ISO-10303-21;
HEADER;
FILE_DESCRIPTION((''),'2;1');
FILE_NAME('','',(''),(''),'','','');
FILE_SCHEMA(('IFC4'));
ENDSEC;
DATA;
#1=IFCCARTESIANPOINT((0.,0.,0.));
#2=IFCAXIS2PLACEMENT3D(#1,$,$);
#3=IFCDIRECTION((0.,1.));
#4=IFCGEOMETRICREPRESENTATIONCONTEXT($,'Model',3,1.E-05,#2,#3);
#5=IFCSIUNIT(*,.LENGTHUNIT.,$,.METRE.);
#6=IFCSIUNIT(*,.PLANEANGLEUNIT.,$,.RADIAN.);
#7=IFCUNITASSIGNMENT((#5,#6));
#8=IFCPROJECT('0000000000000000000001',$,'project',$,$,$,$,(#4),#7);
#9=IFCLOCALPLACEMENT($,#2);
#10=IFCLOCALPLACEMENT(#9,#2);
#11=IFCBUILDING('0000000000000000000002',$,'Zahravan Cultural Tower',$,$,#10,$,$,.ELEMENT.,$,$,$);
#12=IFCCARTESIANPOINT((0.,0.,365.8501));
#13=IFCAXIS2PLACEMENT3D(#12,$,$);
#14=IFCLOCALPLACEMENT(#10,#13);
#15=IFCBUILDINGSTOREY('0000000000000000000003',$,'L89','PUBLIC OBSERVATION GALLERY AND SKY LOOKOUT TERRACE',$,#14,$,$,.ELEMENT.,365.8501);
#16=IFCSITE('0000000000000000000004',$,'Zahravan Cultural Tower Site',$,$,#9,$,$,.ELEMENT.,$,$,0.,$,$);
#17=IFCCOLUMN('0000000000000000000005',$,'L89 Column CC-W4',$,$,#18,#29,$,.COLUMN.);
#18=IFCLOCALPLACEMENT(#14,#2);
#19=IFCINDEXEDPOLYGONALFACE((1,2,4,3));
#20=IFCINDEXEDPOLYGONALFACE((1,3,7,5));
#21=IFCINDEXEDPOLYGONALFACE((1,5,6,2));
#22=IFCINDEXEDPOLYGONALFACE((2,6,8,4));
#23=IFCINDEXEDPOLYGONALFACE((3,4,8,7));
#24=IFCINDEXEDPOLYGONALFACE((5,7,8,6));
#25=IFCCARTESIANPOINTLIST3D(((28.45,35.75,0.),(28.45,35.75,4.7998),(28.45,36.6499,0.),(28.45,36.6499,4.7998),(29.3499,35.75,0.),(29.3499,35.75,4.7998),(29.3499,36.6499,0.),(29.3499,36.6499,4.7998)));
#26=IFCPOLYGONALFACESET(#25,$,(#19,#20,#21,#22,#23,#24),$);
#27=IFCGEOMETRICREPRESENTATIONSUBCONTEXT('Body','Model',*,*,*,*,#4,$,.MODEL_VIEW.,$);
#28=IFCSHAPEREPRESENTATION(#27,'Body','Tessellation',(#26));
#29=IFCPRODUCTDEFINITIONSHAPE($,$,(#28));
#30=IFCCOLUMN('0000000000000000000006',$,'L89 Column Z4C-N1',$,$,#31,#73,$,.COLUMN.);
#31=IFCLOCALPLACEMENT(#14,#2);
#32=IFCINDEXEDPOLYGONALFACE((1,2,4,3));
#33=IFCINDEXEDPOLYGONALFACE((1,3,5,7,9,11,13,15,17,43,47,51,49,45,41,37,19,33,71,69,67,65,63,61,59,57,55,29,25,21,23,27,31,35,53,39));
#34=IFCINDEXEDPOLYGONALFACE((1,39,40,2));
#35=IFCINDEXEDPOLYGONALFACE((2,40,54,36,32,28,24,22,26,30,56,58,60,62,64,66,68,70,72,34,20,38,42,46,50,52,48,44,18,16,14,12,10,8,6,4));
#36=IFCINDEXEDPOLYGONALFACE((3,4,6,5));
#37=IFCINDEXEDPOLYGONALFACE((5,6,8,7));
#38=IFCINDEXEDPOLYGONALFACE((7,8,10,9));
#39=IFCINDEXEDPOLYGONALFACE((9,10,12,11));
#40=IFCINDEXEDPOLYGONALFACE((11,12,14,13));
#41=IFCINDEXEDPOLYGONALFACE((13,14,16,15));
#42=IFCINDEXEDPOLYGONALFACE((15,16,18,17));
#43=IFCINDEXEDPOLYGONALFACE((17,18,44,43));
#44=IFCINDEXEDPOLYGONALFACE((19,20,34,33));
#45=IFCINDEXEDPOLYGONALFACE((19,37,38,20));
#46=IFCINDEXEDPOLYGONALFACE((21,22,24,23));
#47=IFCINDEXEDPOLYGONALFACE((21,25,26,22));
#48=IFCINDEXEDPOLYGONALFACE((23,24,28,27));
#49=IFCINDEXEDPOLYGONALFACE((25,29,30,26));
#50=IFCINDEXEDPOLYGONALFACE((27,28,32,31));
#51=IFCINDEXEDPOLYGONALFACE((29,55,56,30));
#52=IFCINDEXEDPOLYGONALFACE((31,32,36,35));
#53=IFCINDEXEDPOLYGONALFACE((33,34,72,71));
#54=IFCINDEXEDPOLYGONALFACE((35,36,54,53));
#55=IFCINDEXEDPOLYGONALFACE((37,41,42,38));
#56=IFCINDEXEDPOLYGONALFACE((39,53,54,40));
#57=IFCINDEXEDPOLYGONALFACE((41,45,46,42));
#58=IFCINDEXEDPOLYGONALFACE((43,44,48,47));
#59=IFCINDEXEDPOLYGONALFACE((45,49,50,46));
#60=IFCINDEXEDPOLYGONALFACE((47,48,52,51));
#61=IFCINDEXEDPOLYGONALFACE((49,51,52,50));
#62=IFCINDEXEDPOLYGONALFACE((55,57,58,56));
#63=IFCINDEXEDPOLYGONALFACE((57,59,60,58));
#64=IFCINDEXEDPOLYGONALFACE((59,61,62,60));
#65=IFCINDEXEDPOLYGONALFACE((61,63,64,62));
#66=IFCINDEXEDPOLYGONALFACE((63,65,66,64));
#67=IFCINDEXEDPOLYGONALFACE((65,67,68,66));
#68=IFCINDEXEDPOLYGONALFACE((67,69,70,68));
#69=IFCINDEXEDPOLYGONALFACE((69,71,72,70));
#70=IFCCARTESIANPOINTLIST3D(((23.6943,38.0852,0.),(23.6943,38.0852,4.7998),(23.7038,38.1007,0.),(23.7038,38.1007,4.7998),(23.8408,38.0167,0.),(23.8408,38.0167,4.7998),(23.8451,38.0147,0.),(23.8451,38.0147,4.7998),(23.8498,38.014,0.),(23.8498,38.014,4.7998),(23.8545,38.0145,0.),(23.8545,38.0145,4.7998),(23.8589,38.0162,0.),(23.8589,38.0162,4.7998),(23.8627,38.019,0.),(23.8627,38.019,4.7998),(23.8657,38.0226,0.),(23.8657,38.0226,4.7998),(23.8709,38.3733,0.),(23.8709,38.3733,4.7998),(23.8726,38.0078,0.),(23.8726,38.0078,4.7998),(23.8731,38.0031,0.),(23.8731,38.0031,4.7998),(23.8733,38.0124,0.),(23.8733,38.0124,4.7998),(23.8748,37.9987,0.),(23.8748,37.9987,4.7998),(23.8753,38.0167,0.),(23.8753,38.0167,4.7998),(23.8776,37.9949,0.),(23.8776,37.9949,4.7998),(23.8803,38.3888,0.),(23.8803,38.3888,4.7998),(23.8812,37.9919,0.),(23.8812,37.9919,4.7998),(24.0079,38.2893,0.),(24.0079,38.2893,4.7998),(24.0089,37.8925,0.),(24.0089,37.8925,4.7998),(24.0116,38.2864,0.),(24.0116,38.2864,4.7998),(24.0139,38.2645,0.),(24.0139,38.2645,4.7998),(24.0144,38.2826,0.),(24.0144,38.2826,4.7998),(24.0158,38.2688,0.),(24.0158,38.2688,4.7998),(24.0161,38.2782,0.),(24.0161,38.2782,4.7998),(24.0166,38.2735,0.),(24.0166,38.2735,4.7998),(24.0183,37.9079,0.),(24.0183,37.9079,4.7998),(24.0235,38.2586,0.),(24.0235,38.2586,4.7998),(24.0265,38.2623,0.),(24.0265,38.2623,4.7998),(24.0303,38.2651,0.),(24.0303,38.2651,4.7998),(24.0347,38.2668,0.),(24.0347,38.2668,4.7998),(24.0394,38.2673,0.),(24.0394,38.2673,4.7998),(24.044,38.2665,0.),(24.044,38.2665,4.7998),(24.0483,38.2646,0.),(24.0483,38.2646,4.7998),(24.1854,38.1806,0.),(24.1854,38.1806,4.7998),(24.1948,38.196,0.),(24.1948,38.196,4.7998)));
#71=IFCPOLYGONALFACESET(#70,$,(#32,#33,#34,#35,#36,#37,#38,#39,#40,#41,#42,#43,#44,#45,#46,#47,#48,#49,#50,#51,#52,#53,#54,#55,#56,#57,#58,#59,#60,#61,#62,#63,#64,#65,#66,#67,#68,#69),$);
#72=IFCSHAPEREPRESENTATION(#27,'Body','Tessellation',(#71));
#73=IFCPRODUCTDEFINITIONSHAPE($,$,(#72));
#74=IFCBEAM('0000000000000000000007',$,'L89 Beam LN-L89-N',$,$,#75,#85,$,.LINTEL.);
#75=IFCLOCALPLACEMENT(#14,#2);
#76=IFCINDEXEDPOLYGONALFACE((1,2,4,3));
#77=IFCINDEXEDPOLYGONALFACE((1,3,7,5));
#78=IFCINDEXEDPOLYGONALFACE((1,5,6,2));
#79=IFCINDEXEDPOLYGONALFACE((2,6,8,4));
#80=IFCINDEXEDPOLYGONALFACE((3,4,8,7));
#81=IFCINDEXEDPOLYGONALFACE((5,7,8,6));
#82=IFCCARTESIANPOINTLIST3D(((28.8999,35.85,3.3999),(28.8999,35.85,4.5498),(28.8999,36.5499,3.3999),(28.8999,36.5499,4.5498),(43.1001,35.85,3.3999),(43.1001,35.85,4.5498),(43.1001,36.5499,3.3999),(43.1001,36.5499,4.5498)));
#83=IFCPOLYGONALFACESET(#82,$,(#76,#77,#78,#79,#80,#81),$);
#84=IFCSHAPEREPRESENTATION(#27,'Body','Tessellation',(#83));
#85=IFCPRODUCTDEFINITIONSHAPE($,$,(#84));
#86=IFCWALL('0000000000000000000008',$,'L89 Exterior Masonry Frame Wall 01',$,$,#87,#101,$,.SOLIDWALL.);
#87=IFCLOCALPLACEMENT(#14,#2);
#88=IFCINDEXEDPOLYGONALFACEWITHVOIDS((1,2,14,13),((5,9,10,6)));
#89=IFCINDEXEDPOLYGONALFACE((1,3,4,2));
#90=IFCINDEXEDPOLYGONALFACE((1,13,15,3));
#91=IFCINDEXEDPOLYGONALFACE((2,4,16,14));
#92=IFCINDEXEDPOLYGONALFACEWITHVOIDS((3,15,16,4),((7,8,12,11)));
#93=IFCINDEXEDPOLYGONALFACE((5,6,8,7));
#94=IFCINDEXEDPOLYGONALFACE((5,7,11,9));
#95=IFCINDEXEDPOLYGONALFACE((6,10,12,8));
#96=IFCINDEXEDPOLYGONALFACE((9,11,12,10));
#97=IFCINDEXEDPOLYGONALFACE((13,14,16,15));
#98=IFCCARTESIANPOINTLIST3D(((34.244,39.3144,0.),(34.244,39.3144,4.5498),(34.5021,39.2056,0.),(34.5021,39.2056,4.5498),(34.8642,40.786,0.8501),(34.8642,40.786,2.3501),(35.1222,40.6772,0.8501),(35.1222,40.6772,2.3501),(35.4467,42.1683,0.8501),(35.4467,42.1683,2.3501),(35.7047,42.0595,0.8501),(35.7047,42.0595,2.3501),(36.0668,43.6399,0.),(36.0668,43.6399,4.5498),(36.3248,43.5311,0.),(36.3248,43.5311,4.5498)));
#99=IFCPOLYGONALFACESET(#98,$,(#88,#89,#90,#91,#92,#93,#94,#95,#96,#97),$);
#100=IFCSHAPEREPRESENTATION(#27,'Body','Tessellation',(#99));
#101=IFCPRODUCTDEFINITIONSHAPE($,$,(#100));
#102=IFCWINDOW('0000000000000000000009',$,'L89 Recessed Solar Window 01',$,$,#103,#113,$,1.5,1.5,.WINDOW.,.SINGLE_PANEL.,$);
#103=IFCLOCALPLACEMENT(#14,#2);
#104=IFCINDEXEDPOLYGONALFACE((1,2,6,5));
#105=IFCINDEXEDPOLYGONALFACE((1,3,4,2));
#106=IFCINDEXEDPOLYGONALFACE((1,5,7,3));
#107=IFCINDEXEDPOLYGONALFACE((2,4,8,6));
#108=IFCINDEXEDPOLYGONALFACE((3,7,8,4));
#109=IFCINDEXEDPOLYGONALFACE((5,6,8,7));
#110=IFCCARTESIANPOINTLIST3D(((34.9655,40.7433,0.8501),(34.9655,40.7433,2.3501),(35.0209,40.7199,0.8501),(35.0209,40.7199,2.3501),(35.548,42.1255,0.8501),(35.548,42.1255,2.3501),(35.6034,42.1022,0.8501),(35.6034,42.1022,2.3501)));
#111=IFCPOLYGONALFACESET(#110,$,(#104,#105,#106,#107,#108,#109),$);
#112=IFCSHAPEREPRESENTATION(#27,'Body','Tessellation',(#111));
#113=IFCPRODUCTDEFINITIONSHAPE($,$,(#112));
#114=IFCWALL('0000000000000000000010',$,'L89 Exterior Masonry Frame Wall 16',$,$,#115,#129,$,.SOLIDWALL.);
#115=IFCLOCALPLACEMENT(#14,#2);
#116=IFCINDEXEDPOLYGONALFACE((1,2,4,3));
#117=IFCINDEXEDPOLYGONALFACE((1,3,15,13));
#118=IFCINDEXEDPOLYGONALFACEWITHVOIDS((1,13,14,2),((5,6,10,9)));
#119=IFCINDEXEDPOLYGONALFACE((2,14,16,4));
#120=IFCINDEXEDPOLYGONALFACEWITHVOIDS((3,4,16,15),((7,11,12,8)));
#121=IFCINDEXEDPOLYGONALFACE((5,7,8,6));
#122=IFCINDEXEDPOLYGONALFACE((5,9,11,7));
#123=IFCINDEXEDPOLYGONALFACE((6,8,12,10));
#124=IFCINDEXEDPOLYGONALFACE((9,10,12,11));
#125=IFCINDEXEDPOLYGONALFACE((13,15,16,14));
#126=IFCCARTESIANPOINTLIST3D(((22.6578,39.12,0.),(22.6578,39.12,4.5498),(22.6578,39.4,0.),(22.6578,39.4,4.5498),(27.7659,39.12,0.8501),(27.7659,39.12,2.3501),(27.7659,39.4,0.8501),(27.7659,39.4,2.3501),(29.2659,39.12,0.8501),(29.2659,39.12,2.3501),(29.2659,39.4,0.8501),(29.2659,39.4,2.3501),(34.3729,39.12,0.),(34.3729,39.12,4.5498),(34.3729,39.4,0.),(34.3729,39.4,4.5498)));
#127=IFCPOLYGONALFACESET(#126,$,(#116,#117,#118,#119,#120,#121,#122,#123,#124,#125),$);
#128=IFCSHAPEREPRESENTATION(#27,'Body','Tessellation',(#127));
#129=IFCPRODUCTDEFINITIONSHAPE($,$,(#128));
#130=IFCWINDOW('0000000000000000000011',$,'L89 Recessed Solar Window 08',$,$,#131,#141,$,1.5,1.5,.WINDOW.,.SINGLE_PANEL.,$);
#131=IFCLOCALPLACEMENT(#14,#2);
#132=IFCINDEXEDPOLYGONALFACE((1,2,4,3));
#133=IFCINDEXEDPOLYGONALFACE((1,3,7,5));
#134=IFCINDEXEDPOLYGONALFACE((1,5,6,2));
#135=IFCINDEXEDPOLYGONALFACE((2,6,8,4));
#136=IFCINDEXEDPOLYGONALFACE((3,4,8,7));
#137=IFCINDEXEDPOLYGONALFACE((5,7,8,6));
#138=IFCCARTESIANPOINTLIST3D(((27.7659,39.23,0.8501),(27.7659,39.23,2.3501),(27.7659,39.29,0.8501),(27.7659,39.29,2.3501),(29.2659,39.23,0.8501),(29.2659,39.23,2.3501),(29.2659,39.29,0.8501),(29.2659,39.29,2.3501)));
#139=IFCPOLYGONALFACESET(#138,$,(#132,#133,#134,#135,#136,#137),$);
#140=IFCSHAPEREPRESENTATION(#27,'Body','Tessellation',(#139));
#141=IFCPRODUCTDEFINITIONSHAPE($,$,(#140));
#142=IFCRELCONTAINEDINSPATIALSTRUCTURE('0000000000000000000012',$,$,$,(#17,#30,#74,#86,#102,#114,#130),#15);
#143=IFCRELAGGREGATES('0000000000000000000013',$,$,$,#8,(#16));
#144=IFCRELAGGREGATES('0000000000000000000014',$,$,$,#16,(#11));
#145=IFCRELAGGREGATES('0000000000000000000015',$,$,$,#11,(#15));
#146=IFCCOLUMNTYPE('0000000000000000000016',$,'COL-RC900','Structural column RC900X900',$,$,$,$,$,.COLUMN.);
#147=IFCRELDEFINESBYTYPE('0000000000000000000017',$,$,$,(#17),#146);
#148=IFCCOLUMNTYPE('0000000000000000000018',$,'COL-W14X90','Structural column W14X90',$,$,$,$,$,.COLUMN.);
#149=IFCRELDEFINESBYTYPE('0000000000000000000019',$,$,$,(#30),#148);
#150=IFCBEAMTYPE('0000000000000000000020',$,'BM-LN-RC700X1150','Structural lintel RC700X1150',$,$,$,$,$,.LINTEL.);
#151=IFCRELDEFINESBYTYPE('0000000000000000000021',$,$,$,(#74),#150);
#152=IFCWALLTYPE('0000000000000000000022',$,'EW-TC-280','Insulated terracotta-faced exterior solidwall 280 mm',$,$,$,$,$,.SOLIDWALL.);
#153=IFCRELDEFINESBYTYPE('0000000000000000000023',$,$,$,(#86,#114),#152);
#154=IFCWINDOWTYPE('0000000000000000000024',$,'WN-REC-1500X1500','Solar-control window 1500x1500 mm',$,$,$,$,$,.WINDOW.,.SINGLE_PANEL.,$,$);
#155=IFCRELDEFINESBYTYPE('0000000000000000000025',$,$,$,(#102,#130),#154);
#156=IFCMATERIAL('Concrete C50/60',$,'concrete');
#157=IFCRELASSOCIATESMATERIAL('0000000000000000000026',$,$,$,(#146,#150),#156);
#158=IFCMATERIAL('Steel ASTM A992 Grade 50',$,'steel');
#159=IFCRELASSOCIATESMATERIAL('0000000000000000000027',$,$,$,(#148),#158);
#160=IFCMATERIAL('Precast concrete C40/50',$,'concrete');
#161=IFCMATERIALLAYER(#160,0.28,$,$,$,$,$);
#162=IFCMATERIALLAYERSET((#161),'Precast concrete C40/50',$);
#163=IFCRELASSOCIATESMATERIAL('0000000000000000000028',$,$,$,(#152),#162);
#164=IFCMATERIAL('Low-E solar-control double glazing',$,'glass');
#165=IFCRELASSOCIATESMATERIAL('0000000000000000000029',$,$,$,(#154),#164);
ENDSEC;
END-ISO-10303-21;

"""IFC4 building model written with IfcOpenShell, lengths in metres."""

from ifc_helpers import new_model, si_unit, direction, frame, frame_2d, origin, origin_2d, place, context, subcontext, project, spatial, rectangle, i_section, extrude, source, transform, mapped, material, layer, layer_set, material_profile, profile_set, type_object, element, fill, save


model = new_model("IFC4")

# Units and contexts
model_context = context("Model", 3, precision=1e-05, world=origin(), true_north=direction((0.0, 1.0)))
body_context = subcontext(model_context, "Body", "Model", "MODEL_VIEW")
ifc_project = project(units=[si_unit("LENGTHUNIT", "METRE"), si_unit("PLANEANGLEUNIT", "RADIAN")], contexts=[model_context])

# Site, building, storey
site_placement = place(None, origin())
site = spatial("IfcSite", under=ifc_project, at=site_placement, Name="Zahravan Cultural Tower Site", CompositionType="ELEMENT", RefElevation=0.0)
building_placement = place(site_placement, origin())
building = spatial("IfcBuilding", under=site, at=building_placement, Name="Zahravan Cultural Tower", CompositionType="ELEMENT")
storey_placement = place(building_placement, frame((0.0, 0.0, 365.8501)))
storey = spatial("IfcBuildingStorey", under=building, at=storey_placement, Name="L89", Description="PUBLIC OBSERVATION GALLERY AND SKY LOOKOUT TERRACE", CompositionType="ELEMENT", Elevation=365.8501)

# Columns
ifc_material_1 = material(Name="Concrete C50/60", Category="concrete")
ifc_material_profile_1 = material_profile(ifc_material_1, rectangle(XDim=0.8999, YDim=0.8999, at=origin_2d()), Name="RC900X900")
ifc_profile_set_1 = profile_set([ifc_material_profile_1], Name="Concrete C50/60")
column_type_1 = type_object("IfcColumnType", Name="COL-RC900", Description="Structural column RC900X900", PredefinedType="COLUMN", material=ifc_profile_set_1)
shared_shape_1 = source(origin(), body_context, "Body", "SweptSolid", [
    extrude(rectangle(XDim=0.8999, YDim=0.8999, at=origin_2d()), origin(), (0.0, 0.0, 1.0), 4.7998),
])
column_1_placement = place(storey_placement, frame((28.8999, 36.2, 0.0), z_axis=(0.0, 0.0, 1.0), x_axis=(1.0, 0.0, 0.0)))
element("IfcColumn", 1, at=column_1_placement, inside=storey, type_object=column_type_1, Name="L89 Column CC-W4", PredefinedType="COLUMN", context=body_context, shape_type="MappedRepresentation", body=[
    mapped(shared_shape_1, transform((0.0, 0.0, 0.0), x_axis=(1.0, 0.0, 0.0), y_axis=(0.0, 1.0, 0.0), z_axis=(0.0, 0.0, 1.0), scale=1.0)),
])
ifc_material_2 = material(Name="Steel ASTM A992 Grade 50", Category="steel")
ifc_material_profile_2 = material_profile(ifc_material_2, i_section(OverallWidth=0.3689, OverallDepth=0.356, WebThickness=0.0112, FlangeThickness=0.0181, FilletRadius=0.0181, at=origin_2d()), Name="W14X90")
ifc_profile_set_2 = profile_set([ifc_material_profile_2], Name="Steel ASTM A992 Grade 50")
column_type_2 = type_object("IfcColumnType", Name="COL-W14X90", Description="Structural column W14X90", PredefinedType="COLUMN", material=ifc_profile_set_2)
shared_shape_2 = source(origin(), body_context, "Body", "SweptSolid", [
    extrude(i_section(OverallWidth=0.3689, OverallDepth=0.356, WebThickness=0.0112, FlangeThickness=0.0181, FilletRadius=0.0181, at=origin_2d()), origin(), (0.0, 0.0, 1.0), 4.7998),
])
column_2_placement = place(storey_placement, frame((23.9446, 38.1406, 0.0), z_axis=(0.0, 0.0, 1.0), x_axis=(-0.85264, 0.522499, 0.0)))
element("IfcColumn", 2, at=column_2_placement, inside=storey, type_object=column_type_2, Name="L89 Column Z4C-N1", PredefinedType="COLUMN", context=body_context, shape_type="MappedRepresentation", body=[
    mapped(shared_shape_2, transform((0.0, 0.0, 0.0), x_axis=(1.0, 0.0, 0.0), y_axis=(0.0, 1.0, 0.0), z_axis=(0.0, 0.0, 1.0), scale=1.0)),
])

# Beam
ifc_material_profile_3 = material_profile(ifc_material_1, rectangle(XDim=0.7, YDim=1.1499, at=origin_2d()), Name="RC700X1150")
ifc_profile_set_3 = profile_set([ifc_material_profile_3], Name="Concrete C50/60")
beam_type = type_object("IfcBeamType", Name="BM-LN-RC700X1150", Description="Structural lintel RC700X1150", PredefinedType="LINTEL", material=ifc_profile_set_3)
shared_shape_3 = source(origin(), body_context, "Body", "SweptSolid", [
    extrude(rectangle(XDim=0.7, YDim=1.1499, at=origin_2d()), origin(), (0.0, 0.0, 1.0), 14.2002),
])
beam_placement = place(storey_placement, frame((28.8999, 36.2, 3.9749), z_axis=(1.0, 0.0, 0.0), x_axis=(0.0, 1.0, 0.0)))
element("IfcBeam", 3, at=beam_placement, inside=storey, type_object=beam_type, Name="L89 Beam LN-L89-N", PredefinedType="LINTEL", context=body_context, shape_type="MappedRepresentation", body=[
    mapped(shared_shape_3, transform((0.0, 0.0, 0.0), x_axis=(1.0, 0.0, 0.0), y_axis=(0.0, 1.0, 0.0), z_axis=(0.0, 0.0, 1.0), scale=1.0)),
])

# Walls, openings, windows
ifc_material_3 = material(Name="Precast concrete C40/50", Category="concrete")
ifc_layer_1 = layer(ifc_material_3, 0.28)
ifc_layer_set_1 = layer_set([ifc_layer_1], Name="Precast concrete C40/50")
wall_type_1 = type_object("IfcWallType", Name="EW-TC-280", Description="Insulated terracotta-faced exterior solidwall 280 mm", PredefinedType="SOLIDWALL", material=ifc_layer_set_1)
wall_1_placement = place(storey_placement, frame((34.373, 39.26, 0.0), z_axis=(0.0, 0.0, 1.0), x_axis=(0.388331, 0.92152, 0.0)))
wall_1 = element("IfcWall", 4, at=wall_1_placement, inside=storey, type_object=wall_type_1, Name="L89 Exterior Masonry Frame Wall 01", PredefinedType="SOLIDWALL", context=body_context, shape_type="SweptSolid", body=[
    extrude(rectangle(XDim=4.6938, YDim=0.28, at=frame_2d((2.3469, 0.0))), origin(), (0.0, 0.0, 1.0), 4.5498),
])
opening_1_placement = place(wall_1_placement, frame((1.5969, 0.0, 0.8501)))
opening_1 = element("IfcOpeningElement", 5, at=opening_1_placement, cuts=wall_1, PredefinedType="OPENING", context=body_context, shape_type="SweptSolid", body=[
    extrude(rectangle(XDim=1.5, YDim=1.5, at=frame_2d((0.75, 0.75))), frame((0.0, 0.1499, 0.0), z_axis=(0.0, -1.0, 0.0), x_axis=(1.0, 0.0, 0.0)), (0.0, 0.0, 1.0), 0.3),
])
ifc_material_4 = material(Name="Low-E solar-control double glazing", Category="glass")
window_type = type_object("IfcWindowType", Name="WN-REC-1500X1500", Description="Solar-control window 1500x1500 mm", PartitioningType="SINGLE_PANEL", PredefinedType="WINDOW", material=ifc_material_4)
shared_shape_4 = source(origin(), body_context, "Body", "SweptSolid", [
    extrude(rectangle(XDim=1.5, YDim=1.5, at=frame_2d((0.75, 0.75))), frame((0.0, 0.03, 0.0), z_axis=(0.0, -1.0, 0.0), x_axis=(1.0, 0.0, 0.0)), (0.0, 0.0, 1.0), 0.0601),
])
window_1_placement = place(opening_1_placement, origin())
window_1 = element("IfcWindow", 6, at=window_1_placement, inside=storey, type_object=window_type, Name="L89 Recessed Solar Window 01", OverallHeight=1.5, OverallWidth=1.5, PartitioningType="SINGLE_PANEL", PredefinedType="WINDOW", context=body_context, shape_type="MappedRepresentation", body=[
    mapped(shared_shape_4, transform((0.0, 0.0, 0.0), x_axis=(1.0, 0.0, 0.0), y_axis=(0.0, 1.0, 0.0), z_axis=(0.0, 0.0, 1.0), scale=1.0)),
])
fill(opening_1, window_1)
wall_2_placement = place(storey_placement, frame((22.658, 39.26, 0.0), z_axis=(0.0, 0.0, 1.0), x_axis=(1.0, 0.0, 0.0)))
wall_2 = element("IfcWall", 7, at=wall_2_placement, inside=storey, type_object=wall_type_1, Name="L89 Exterior Masonry Frame Wall 16", PredefinedType="SOLIDWALL", context=body_context, shape_type="SweptSolid", body=[
    extrude(rectangle(XDim=11.7151, YDim=0.28, at=frame_2d((5.8574, 0.0))), origin(), (0.0, 0.0, 1.0), 4.5498),
])
opening_2_placement = place(wall_2_placement, frame((5.1079, 0.0, 0.8501)))
opening_2 = element("IfcOpeningElement", 8, at=opening_2_placement, cuts=wall_2, PredefinedType="OPENING", context=body_context, shape_type="SweptSolid", body=[
    extrude(rectangle(XDim=1.5, YDim=1.5, at=frame_2d((0.75, 0.75))), frame((0.0, 0.1499, 0.0), z_axis=(0.0, -1.0, 0.0), x_axis=(1.0, 0.0, 0.0)), (0.0, 0.0, 1.0), 0.3),
])
window_2_placement = place(opening_2_placement, origin())
window_2 = element("IfcWindow", 9, at=window_2_placement, inside=storey, type_object=window_type, Name="L89 Recessed Solar Window 08", OverallHeight=1.5, OverallWidth=1.5, PartitioningType="SINGLE_PANEL", PredefinedType="WINDOW", context=body_context, shape_type="MappedRepresentation", body=[
    mapped(shared_shape_4, transform((0.0, 0.0, 0.0), x_axis=(1.0, 0.0, 0.0), y_axis=(0.0, 1.0, 0.0), z_axis=(0.0, 0.0, 1.0), scale=1.0)),
])
fill(opening_2, window_2)

save(model, "model.ifc")
